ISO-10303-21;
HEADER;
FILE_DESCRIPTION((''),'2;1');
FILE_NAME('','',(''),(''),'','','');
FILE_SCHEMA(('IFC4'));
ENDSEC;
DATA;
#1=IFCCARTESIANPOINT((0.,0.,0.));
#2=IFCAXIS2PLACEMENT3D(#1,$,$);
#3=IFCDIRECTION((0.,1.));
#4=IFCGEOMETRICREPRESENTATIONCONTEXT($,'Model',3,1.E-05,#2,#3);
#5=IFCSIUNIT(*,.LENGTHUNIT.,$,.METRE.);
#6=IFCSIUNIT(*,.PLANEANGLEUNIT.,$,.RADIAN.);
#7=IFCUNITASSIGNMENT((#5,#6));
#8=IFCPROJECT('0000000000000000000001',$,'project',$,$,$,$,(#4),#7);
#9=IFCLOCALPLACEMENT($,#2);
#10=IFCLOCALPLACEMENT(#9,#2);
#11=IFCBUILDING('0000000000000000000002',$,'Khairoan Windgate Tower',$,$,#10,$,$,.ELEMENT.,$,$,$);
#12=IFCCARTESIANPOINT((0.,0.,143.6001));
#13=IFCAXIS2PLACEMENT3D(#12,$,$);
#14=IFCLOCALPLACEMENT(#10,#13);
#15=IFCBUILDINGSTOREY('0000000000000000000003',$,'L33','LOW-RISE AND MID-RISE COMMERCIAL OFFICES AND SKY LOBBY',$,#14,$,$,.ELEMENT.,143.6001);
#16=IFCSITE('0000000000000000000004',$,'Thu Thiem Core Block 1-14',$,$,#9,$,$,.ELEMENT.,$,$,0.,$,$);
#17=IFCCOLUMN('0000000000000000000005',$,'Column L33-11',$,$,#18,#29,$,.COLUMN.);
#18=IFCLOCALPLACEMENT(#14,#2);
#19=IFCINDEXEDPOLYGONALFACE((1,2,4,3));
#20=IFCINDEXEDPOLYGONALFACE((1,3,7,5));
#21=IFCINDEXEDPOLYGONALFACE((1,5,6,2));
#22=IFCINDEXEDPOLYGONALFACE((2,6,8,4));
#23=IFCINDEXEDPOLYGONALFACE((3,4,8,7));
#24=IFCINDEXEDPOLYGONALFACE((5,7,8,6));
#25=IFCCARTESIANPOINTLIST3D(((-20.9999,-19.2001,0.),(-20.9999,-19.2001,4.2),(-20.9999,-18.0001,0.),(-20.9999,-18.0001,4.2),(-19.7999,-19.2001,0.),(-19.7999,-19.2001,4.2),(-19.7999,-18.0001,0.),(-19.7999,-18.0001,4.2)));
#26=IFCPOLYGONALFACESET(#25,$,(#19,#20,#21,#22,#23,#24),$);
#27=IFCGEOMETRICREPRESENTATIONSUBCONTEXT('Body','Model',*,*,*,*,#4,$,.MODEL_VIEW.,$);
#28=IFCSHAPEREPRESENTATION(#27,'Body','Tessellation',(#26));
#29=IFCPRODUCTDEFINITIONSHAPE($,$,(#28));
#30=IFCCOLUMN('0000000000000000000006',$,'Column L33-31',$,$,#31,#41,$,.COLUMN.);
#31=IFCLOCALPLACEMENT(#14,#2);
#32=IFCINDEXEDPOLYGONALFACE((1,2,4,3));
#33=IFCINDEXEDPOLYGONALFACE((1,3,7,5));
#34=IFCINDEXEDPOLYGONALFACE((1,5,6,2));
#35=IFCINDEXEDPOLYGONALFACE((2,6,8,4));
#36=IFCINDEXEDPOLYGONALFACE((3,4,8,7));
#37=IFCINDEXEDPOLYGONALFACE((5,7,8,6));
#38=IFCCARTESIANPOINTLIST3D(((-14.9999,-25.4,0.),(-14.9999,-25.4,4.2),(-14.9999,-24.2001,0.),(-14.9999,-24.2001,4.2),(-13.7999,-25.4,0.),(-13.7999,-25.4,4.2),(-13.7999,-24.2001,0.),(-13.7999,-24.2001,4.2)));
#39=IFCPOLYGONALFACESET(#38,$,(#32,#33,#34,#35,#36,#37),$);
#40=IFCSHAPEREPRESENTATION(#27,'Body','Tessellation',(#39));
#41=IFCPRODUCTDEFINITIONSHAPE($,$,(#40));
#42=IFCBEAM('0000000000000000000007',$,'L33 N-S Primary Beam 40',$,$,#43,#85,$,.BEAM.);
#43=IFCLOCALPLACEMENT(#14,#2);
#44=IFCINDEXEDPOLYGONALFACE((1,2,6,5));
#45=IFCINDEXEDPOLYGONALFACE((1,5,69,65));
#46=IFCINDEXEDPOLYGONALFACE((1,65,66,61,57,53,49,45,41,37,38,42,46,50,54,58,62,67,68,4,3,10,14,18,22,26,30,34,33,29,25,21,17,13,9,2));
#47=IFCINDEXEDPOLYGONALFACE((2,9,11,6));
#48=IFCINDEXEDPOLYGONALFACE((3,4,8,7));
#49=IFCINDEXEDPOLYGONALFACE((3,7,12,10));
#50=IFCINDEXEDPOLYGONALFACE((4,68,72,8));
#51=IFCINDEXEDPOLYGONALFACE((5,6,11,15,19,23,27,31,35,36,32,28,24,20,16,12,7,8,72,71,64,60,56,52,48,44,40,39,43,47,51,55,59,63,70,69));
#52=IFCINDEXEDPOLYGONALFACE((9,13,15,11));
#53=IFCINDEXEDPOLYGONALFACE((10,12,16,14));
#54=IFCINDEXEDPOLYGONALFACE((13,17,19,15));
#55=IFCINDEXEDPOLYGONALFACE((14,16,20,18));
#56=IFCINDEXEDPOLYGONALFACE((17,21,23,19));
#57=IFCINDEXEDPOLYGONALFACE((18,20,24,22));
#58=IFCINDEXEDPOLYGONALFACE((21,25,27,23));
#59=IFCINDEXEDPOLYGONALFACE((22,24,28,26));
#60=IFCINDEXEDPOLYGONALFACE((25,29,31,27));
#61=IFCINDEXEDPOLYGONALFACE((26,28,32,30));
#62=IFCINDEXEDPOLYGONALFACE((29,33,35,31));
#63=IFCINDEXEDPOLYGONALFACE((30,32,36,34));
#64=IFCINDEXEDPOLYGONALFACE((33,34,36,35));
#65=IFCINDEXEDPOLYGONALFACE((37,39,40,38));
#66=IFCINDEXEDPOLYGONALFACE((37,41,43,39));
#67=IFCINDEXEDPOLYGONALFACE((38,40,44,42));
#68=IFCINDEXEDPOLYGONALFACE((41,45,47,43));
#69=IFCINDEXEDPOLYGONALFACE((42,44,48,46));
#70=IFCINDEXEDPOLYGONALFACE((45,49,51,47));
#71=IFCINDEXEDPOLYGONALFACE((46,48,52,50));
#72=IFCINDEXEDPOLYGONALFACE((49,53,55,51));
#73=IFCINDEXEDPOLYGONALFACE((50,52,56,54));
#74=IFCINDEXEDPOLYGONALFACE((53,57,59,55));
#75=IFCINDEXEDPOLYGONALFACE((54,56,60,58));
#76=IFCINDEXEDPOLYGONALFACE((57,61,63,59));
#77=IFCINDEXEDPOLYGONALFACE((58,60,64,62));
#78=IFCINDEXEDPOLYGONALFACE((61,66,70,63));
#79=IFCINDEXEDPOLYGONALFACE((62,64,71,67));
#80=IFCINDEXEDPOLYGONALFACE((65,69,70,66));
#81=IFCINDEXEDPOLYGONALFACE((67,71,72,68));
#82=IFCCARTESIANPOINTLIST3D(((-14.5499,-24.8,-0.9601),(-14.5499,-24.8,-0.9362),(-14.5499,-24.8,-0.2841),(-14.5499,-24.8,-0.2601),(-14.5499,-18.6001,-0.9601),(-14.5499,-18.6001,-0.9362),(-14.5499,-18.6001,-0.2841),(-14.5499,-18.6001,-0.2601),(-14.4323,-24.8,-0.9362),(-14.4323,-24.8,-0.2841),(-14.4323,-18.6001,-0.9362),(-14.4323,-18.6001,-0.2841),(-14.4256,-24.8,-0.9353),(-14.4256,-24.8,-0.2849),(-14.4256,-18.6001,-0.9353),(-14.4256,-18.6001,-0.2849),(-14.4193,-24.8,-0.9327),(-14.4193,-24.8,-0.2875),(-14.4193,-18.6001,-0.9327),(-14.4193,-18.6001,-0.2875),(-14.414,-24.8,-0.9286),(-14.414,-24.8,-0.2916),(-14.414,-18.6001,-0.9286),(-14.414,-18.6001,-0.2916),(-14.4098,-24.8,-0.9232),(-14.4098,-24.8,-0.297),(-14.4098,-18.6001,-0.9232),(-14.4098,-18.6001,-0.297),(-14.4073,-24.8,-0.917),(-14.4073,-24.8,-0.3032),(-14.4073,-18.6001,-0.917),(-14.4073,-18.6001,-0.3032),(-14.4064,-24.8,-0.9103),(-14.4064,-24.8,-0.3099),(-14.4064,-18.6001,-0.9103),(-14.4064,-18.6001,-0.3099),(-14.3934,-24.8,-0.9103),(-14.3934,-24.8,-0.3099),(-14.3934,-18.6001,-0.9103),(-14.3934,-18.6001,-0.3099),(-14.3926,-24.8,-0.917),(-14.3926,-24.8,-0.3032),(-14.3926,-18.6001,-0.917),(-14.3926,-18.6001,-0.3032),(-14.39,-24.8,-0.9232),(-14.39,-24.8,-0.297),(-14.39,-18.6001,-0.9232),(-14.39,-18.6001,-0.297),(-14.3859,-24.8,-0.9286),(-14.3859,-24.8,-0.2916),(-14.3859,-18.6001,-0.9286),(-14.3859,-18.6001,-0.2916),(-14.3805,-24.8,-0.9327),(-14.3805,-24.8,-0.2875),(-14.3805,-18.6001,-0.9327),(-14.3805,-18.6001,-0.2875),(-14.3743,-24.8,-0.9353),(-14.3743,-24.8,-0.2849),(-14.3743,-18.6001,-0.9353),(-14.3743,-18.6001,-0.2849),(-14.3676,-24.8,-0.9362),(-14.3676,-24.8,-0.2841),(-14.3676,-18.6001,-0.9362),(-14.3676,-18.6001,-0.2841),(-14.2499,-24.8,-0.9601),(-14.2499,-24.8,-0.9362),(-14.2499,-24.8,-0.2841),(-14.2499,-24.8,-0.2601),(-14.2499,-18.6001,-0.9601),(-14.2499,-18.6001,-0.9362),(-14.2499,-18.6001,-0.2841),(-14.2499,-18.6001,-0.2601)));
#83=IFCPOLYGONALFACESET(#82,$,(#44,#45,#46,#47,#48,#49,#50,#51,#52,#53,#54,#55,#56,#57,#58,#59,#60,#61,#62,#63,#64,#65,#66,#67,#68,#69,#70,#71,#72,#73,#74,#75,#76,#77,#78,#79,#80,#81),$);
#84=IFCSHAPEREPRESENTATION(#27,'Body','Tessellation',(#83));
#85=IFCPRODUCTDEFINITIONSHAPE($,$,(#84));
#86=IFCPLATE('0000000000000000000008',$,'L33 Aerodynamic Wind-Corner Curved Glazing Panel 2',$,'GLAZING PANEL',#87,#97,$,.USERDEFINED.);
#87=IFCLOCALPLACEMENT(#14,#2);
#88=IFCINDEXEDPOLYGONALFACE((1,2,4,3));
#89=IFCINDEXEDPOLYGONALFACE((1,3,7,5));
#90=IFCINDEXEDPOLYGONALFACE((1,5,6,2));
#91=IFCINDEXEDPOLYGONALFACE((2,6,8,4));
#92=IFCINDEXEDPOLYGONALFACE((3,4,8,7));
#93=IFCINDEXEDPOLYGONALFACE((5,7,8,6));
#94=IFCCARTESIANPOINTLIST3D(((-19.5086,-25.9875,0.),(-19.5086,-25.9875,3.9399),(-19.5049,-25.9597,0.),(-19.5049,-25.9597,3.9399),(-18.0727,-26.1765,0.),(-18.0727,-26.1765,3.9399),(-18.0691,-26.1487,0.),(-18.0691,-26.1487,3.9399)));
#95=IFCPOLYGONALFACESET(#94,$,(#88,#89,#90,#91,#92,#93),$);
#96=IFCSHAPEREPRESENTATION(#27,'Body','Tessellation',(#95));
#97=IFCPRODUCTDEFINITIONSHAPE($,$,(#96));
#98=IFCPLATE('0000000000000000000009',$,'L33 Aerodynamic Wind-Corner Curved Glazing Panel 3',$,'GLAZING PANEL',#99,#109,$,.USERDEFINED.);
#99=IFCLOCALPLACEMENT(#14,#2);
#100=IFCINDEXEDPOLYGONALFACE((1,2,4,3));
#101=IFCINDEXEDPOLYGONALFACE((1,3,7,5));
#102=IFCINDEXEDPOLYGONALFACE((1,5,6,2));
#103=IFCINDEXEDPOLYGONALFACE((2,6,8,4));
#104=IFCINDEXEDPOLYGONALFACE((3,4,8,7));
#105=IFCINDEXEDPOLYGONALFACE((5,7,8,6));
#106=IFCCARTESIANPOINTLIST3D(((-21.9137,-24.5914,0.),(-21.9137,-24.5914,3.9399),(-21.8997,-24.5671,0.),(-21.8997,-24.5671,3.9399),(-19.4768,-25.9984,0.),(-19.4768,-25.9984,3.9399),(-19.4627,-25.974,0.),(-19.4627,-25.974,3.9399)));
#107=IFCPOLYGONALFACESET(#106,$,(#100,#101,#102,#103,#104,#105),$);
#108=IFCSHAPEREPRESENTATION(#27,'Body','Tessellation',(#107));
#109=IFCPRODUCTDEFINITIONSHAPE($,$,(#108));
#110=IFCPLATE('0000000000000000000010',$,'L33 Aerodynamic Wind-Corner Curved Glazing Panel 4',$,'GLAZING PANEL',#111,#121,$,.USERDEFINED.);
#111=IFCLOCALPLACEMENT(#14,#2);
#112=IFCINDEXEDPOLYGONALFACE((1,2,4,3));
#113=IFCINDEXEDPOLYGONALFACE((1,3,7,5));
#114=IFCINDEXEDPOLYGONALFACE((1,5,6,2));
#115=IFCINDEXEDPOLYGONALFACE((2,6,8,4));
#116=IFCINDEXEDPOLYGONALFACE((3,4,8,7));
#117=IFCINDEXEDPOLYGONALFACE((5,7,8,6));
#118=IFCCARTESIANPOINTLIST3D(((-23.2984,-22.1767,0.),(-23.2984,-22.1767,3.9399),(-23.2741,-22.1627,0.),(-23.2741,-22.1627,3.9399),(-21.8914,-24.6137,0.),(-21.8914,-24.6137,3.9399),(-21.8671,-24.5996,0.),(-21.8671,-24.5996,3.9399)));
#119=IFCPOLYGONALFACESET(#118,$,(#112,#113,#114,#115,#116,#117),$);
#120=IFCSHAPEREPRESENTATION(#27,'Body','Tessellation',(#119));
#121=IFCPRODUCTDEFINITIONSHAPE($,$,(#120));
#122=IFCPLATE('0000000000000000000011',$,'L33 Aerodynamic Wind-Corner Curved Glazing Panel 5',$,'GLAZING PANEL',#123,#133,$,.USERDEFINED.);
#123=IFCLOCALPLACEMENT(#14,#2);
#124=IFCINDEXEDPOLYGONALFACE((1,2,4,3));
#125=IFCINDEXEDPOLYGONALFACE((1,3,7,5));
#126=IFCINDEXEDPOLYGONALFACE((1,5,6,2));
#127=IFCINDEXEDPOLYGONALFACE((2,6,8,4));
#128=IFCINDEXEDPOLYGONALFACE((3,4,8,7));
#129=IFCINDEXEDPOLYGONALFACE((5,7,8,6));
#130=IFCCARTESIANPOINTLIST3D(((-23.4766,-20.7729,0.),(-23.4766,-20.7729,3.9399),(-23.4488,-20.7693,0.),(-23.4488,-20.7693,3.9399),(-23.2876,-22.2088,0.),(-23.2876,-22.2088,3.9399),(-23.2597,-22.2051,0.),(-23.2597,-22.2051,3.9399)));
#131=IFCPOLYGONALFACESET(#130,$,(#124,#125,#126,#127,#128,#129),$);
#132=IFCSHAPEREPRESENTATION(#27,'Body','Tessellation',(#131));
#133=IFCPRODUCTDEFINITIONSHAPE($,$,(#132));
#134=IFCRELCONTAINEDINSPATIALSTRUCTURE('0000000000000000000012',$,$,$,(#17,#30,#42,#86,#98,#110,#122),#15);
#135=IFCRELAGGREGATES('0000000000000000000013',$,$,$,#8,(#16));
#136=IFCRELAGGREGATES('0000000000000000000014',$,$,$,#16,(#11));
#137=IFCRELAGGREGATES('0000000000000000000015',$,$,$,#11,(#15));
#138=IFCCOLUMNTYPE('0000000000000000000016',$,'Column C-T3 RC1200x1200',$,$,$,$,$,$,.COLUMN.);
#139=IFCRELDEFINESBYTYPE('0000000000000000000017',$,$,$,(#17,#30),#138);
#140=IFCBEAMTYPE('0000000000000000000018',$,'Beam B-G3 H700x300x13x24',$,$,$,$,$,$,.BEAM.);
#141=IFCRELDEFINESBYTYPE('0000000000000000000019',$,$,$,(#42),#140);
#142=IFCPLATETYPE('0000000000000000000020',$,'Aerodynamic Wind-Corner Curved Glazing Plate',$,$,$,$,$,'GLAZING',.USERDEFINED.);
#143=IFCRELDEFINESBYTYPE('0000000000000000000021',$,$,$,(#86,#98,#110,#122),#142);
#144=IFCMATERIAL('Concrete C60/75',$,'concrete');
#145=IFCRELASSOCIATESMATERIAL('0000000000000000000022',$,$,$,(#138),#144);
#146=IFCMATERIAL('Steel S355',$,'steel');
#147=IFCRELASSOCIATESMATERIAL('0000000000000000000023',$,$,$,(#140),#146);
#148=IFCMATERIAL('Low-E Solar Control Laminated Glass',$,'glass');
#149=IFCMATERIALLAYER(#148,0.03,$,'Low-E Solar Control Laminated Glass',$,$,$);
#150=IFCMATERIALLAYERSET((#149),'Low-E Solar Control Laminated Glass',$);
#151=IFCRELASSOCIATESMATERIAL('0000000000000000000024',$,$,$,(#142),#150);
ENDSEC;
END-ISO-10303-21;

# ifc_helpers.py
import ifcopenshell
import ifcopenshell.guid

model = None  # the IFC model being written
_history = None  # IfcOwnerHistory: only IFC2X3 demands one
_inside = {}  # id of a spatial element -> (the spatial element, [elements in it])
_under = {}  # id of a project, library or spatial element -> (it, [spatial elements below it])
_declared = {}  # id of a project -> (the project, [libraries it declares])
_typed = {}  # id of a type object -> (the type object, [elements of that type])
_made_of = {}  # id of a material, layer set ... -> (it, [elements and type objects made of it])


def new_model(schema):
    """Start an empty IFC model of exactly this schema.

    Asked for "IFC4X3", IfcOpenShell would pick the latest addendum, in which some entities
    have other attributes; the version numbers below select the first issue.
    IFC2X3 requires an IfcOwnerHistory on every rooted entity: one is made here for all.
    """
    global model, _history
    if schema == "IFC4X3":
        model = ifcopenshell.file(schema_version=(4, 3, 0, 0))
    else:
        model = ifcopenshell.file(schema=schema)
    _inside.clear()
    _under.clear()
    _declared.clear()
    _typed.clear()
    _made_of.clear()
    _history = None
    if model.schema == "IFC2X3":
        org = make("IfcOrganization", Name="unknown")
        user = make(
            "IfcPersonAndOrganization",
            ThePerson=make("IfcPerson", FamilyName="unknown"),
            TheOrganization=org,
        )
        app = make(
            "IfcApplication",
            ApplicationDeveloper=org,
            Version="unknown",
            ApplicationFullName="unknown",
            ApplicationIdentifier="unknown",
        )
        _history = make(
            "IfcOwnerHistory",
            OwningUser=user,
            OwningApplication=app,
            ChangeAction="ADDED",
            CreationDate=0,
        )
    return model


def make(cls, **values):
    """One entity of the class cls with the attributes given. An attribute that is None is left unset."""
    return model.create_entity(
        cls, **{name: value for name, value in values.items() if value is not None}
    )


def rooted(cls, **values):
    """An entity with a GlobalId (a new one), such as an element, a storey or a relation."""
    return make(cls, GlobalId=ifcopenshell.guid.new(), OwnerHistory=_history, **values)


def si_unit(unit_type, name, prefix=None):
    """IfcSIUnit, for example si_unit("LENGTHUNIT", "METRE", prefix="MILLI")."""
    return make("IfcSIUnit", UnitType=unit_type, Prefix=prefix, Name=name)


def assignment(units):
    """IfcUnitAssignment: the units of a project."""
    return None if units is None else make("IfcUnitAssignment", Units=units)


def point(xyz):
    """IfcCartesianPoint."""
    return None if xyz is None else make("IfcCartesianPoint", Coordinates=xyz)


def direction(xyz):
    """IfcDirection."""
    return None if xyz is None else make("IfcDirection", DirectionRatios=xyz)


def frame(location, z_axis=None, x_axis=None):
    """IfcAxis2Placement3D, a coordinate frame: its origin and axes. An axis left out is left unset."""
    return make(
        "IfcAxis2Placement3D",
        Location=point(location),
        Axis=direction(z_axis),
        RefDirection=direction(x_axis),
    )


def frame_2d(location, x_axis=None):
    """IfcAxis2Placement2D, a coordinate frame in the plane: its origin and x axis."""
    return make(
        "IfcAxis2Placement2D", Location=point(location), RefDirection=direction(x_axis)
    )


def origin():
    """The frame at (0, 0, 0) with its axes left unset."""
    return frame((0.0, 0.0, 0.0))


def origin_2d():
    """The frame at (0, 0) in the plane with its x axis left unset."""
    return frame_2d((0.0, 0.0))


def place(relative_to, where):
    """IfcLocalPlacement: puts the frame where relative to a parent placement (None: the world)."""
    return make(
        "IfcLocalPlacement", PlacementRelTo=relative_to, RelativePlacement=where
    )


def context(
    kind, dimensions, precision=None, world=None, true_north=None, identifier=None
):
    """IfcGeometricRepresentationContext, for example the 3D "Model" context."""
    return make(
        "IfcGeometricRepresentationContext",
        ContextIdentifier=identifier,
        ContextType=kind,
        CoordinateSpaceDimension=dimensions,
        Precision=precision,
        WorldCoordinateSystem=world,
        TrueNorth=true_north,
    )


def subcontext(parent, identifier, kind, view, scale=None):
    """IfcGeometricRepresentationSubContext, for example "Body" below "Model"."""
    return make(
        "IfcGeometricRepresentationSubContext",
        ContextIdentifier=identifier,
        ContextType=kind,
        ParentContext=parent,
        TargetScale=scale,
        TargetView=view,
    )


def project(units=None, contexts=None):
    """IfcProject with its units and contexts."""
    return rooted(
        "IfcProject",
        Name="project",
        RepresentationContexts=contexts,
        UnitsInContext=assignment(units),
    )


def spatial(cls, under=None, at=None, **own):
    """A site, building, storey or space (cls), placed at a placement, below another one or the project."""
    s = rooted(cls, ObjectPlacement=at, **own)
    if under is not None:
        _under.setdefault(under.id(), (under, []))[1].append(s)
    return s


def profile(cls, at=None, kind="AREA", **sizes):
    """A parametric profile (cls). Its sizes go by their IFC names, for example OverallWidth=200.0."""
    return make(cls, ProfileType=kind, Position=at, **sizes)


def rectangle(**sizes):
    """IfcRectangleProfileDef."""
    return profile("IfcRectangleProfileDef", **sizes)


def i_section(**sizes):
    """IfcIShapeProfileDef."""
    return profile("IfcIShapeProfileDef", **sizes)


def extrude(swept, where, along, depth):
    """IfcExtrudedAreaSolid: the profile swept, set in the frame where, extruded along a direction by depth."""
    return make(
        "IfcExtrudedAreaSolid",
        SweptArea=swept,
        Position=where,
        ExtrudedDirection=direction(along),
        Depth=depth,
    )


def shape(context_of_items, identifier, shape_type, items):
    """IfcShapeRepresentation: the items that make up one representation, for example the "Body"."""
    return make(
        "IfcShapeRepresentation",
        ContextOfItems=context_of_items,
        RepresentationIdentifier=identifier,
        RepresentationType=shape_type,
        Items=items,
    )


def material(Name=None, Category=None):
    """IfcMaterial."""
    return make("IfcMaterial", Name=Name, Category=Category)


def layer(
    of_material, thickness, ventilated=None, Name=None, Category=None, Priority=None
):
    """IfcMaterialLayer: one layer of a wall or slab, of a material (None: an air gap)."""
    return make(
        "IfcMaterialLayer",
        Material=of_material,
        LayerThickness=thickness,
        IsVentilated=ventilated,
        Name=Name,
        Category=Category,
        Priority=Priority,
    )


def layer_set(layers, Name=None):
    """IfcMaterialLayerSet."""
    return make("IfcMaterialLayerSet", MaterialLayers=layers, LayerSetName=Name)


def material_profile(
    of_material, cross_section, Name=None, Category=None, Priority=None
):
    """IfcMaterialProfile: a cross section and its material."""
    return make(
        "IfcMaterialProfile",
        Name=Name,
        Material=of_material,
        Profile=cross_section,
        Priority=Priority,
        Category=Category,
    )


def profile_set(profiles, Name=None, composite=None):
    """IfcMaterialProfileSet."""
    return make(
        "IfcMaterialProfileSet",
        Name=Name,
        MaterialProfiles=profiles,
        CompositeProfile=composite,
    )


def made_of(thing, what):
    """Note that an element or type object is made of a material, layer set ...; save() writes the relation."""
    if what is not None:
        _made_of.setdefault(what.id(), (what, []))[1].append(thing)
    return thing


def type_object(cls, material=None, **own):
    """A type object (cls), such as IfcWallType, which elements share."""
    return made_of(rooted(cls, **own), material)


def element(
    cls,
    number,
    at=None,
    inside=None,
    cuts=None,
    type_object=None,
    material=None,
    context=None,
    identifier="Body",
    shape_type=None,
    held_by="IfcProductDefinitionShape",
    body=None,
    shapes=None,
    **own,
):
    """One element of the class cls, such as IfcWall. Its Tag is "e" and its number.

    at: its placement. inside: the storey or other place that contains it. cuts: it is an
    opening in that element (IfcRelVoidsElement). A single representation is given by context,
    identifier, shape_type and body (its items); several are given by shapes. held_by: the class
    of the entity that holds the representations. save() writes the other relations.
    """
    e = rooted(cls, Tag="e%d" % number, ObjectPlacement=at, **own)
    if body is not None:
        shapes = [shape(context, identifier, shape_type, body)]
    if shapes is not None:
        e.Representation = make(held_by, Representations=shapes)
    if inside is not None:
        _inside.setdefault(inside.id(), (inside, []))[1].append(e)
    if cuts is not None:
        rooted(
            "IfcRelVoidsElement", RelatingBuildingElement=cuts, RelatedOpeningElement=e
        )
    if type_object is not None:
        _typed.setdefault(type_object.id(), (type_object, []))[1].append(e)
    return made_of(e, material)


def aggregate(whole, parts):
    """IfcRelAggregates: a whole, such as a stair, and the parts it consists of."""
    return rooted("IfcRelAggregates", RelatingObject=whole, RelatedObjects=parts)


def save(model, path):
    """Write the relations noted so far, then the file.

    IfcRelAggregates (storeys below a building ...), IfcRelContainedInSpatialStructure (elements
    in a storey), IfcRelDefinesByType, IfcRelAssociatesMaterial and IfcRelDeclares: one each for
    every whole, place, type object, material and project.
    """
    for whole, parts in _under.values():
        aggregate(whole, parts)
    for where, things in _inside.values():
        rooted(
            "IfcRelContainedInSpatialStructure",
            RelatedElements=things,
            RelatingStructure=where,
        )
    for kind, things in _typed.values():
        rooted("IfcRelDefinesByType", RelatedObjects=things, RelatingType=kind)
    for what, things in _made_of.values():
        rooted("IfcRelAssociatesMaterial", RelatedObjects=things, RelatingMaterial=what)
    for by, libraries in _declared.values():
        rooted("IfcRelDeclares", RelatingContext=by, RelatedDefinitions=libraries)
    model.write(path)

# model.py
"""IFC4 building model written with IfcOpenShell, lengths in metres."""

from ifc_helpers import new_model, si_unit, direction, frame, origin, origin_2d, place, context, subcontext, project, spatial, rectangle, i_section, extrude, material, layer, layer_set, material_profile, profile_set, type_object, element, save


model = new_model("IFC4")

# Units and contexts
model_context = context("Model", 3, precision=1e-05, world=origin(), true_north=direction((0.0, 1.0)))
body_context = subcontext(model_context, "Body", "Model", "MODEL_VIEW")
ifc_project = project(units=[si_unit("LENGTHUNIT", "METRE"), si_unit("PLANEANGLEUNIT", "RADIAN")], contexts=[model_context])

# Site, building, storey
site_placement = place(None, origin())
site = spatial("IfcSite", under=ifc_project, at=site_placement, Name="Thu Thiem Core Block 1-14", CompositionType="ELEMENT", RefElevation=0.0)
building_placement = place(site_placement, origin())
building = spatial("IfcBuilding", under=site, at=building_placement, Name="Khairoan Windgate Tower", CompositionType="ELEMENT")
storey_placement = place(building_placement, frame((0.0, 0.0, 143.6001)))
storey = spatial("IfcBuildingStorey", under=building, at=storey_placement, Name="L33", Description="LOW-RISE AND MID-RISE COMMERCIAL OFFICES AND SKY LOBBY", CompositionType="ELEMENT", Elevation=143.6001)

# Columns
ifc_material_1 = material(Name="Concrete C60/75", Category="concrete")
ifc_material_profile_1 = material_profile(ifc_material_1, rectangle(XDim=1.2, YDim=1.2, at=origin_2d()))
ifc_profile_set_1 = profile_set([ifc_material_profile_1], Name="Concrete C60/75")
column_type = type_object("IfcColumnType", Name="Column C-T3 RC1200x1200", PredefinedType="COLUMN", material=ifc_profile_set_1)
for number, where, z_axis, x_axis, name in (
    (1, (-20.3999, -18.6001, 0.0), (0.0, 0.0, 1.0), (1.0, 0.0, 0.0), "Column L33-11"),
    (2, (-14.3999, -24.8, 0.0), (0.0, 0.0, 1.0), (1.0, 0.0, 0.0), "Column L33-31"),
):
    element("IfcColumn", number, at=place(storey_placement, frame(where, z_axis=z_axis, x_axis=x_axis)), inside=storey, type_object=column_type, Name=name, PredefinedType="COLUMN", context=body_context, shape_type="SweptSolid", body=[
        extrude(rectangle(XDim=1.2, YDim=1.2, at=origin_2d()), origin(), (0.0, 0.0, 1.0), 4.2),
    ])

# Beam
ifc_material_2 = material(Name="Steel S355", Category="steel")
ifc_material_profile_2 = material_profile(ifc_material_2, i_section(OverallWidth=0.3, OverallDepth=0.7, WebThickness=0.0129, FlangeThickness=0.0239, FilletRadius=0.0259, at=origin_2d()))
ifc_profile_set_2 = profile_set([ifc_material_profile_2], Name="Steel S355")
beam_type = type_object("IfcBeamType", Name="Beam B-G3 H700x300x13x24", PredefinedType="BEAM", material=ifc_profile_set_2)
beam_placement = place(storey_placement, frame((-14.3999, -24.8, -0.6101), z_axis=(0.0, 1.0, 0.0), x_axis=(-1.0, 0.0, 0.0)))
element("IfcBeam", 3, at=beam_placement, inside=storey, type_object=beam_type, Name="L33 N-S Primary Beam 40", PredefinedType="BEAM", context=body_context, shape_type="SweptSolid", body=[
    extrude(i_section(OverallWidth=0.3, OverallDepth=0.7, WebThickness=0.0129, FlangeThickness=0.0239, FilletRadius=0.0259, at=origin_2d()), origin(), (0.0, 0.0, 1.0), 6.2),
])

# Plates
ifc_material_3 = material(Name="Low-E Solar Control Laminated Glass", Category="glass")
ifc_layer_1 = layer(ifc_material_3, 0.03, Name="Low-E Solar Control Laminated Glass")
ifc_layer_set_1 = layer_set([ifc_layer_1], Name="Low-E Solar Control Laminated Glass")
plate_type_1 = type_object("IfcPlateType", Name="Aerodynamic Wind-Corner Curved Glazing Plate", ElementType="GLAZING", PredefinedType="USERDEFINED", material=ifc_layer_set_1)
plate_1_placement = place(storey_placement, frame((-18.7888, -26.0681, 0.0), z_axis=(0.0, 0.0, 1.0), x_axis=(-0.991445, 0.130526, 0.0)))
element("IfcPlate", 4, at=plate_1_placement, inside=storey, type_object=plate_type_1, Name="L33 Aerodynamic Wind-Corner Curved Glazing Panel 2", ObjectType="GLAZING PANEL", PredefinedType="USERDEFINED", context=body_context, shape_type="SweptSolid", body=[
    extrude(rectangle(XDim=1.4482, YDim=0.0281, at=origin_2d()), origin(), (0.0, 0.0, 1.0), 3.9399),
])
for number, where, z_axis, x_axis, name in (
    (5, (-20.6882, -25.2827, 0.0), (0.0, 0.0, 1.0), (-0.866025, 0.5, 0.0), "L33 Aerodynamic Wind-Corner Curved Glazing Panel 3"),
    (6, (-22.5828, -23.3882, 0.0), (0.0, 0.0, 1.0), (-0.5, 0.866025, 0.0), "L33 Aerodynamic Wind-Corner Curved Glazing Panel 4"),
):
    element("IfcPlate", number, at=place(storey_placement, frame(where, z_axis=z_axis, x_axis=x_axis)), inside=storey, type_object=plate_type_1, Name=name, ObjectType="GLAZING PANEL", PredefinedType="USERDEFINED", context=body_context, shape_type="SweptSolid", body=[
        extrude(rectangle(XDim=2.814, YDim=0.0281, at=origin_2d()), origin(), (0.0, 0.0, 1.0), 3.9399),
    ])
plate_2_placement = place(storey_placement, frame((-23.3682, -21.489, 0.0), z_axis=(0.0, 0.0, 1.0), x_axis=(-0.130526, 0.991445, 0.0)))
element("IfcPlate", 7, at=plate_2_placement, inside=storey, type_object=plate_type_1, Name="L33 Aerodynamic Wind-Corner Curved Glazing Panel 5", ObjectType="GLAZING PANEL", PredefinedType="USERDEFINED", context=body_context, shape_type="SweptSolid", body=[
    extrude(rectangle(XDim=1.4482, YDim=0.0281, at=origin_2d()), origin(), (0.0, 0.0, 1.0), 3.9399),
])

save(model, "model.ifc")
